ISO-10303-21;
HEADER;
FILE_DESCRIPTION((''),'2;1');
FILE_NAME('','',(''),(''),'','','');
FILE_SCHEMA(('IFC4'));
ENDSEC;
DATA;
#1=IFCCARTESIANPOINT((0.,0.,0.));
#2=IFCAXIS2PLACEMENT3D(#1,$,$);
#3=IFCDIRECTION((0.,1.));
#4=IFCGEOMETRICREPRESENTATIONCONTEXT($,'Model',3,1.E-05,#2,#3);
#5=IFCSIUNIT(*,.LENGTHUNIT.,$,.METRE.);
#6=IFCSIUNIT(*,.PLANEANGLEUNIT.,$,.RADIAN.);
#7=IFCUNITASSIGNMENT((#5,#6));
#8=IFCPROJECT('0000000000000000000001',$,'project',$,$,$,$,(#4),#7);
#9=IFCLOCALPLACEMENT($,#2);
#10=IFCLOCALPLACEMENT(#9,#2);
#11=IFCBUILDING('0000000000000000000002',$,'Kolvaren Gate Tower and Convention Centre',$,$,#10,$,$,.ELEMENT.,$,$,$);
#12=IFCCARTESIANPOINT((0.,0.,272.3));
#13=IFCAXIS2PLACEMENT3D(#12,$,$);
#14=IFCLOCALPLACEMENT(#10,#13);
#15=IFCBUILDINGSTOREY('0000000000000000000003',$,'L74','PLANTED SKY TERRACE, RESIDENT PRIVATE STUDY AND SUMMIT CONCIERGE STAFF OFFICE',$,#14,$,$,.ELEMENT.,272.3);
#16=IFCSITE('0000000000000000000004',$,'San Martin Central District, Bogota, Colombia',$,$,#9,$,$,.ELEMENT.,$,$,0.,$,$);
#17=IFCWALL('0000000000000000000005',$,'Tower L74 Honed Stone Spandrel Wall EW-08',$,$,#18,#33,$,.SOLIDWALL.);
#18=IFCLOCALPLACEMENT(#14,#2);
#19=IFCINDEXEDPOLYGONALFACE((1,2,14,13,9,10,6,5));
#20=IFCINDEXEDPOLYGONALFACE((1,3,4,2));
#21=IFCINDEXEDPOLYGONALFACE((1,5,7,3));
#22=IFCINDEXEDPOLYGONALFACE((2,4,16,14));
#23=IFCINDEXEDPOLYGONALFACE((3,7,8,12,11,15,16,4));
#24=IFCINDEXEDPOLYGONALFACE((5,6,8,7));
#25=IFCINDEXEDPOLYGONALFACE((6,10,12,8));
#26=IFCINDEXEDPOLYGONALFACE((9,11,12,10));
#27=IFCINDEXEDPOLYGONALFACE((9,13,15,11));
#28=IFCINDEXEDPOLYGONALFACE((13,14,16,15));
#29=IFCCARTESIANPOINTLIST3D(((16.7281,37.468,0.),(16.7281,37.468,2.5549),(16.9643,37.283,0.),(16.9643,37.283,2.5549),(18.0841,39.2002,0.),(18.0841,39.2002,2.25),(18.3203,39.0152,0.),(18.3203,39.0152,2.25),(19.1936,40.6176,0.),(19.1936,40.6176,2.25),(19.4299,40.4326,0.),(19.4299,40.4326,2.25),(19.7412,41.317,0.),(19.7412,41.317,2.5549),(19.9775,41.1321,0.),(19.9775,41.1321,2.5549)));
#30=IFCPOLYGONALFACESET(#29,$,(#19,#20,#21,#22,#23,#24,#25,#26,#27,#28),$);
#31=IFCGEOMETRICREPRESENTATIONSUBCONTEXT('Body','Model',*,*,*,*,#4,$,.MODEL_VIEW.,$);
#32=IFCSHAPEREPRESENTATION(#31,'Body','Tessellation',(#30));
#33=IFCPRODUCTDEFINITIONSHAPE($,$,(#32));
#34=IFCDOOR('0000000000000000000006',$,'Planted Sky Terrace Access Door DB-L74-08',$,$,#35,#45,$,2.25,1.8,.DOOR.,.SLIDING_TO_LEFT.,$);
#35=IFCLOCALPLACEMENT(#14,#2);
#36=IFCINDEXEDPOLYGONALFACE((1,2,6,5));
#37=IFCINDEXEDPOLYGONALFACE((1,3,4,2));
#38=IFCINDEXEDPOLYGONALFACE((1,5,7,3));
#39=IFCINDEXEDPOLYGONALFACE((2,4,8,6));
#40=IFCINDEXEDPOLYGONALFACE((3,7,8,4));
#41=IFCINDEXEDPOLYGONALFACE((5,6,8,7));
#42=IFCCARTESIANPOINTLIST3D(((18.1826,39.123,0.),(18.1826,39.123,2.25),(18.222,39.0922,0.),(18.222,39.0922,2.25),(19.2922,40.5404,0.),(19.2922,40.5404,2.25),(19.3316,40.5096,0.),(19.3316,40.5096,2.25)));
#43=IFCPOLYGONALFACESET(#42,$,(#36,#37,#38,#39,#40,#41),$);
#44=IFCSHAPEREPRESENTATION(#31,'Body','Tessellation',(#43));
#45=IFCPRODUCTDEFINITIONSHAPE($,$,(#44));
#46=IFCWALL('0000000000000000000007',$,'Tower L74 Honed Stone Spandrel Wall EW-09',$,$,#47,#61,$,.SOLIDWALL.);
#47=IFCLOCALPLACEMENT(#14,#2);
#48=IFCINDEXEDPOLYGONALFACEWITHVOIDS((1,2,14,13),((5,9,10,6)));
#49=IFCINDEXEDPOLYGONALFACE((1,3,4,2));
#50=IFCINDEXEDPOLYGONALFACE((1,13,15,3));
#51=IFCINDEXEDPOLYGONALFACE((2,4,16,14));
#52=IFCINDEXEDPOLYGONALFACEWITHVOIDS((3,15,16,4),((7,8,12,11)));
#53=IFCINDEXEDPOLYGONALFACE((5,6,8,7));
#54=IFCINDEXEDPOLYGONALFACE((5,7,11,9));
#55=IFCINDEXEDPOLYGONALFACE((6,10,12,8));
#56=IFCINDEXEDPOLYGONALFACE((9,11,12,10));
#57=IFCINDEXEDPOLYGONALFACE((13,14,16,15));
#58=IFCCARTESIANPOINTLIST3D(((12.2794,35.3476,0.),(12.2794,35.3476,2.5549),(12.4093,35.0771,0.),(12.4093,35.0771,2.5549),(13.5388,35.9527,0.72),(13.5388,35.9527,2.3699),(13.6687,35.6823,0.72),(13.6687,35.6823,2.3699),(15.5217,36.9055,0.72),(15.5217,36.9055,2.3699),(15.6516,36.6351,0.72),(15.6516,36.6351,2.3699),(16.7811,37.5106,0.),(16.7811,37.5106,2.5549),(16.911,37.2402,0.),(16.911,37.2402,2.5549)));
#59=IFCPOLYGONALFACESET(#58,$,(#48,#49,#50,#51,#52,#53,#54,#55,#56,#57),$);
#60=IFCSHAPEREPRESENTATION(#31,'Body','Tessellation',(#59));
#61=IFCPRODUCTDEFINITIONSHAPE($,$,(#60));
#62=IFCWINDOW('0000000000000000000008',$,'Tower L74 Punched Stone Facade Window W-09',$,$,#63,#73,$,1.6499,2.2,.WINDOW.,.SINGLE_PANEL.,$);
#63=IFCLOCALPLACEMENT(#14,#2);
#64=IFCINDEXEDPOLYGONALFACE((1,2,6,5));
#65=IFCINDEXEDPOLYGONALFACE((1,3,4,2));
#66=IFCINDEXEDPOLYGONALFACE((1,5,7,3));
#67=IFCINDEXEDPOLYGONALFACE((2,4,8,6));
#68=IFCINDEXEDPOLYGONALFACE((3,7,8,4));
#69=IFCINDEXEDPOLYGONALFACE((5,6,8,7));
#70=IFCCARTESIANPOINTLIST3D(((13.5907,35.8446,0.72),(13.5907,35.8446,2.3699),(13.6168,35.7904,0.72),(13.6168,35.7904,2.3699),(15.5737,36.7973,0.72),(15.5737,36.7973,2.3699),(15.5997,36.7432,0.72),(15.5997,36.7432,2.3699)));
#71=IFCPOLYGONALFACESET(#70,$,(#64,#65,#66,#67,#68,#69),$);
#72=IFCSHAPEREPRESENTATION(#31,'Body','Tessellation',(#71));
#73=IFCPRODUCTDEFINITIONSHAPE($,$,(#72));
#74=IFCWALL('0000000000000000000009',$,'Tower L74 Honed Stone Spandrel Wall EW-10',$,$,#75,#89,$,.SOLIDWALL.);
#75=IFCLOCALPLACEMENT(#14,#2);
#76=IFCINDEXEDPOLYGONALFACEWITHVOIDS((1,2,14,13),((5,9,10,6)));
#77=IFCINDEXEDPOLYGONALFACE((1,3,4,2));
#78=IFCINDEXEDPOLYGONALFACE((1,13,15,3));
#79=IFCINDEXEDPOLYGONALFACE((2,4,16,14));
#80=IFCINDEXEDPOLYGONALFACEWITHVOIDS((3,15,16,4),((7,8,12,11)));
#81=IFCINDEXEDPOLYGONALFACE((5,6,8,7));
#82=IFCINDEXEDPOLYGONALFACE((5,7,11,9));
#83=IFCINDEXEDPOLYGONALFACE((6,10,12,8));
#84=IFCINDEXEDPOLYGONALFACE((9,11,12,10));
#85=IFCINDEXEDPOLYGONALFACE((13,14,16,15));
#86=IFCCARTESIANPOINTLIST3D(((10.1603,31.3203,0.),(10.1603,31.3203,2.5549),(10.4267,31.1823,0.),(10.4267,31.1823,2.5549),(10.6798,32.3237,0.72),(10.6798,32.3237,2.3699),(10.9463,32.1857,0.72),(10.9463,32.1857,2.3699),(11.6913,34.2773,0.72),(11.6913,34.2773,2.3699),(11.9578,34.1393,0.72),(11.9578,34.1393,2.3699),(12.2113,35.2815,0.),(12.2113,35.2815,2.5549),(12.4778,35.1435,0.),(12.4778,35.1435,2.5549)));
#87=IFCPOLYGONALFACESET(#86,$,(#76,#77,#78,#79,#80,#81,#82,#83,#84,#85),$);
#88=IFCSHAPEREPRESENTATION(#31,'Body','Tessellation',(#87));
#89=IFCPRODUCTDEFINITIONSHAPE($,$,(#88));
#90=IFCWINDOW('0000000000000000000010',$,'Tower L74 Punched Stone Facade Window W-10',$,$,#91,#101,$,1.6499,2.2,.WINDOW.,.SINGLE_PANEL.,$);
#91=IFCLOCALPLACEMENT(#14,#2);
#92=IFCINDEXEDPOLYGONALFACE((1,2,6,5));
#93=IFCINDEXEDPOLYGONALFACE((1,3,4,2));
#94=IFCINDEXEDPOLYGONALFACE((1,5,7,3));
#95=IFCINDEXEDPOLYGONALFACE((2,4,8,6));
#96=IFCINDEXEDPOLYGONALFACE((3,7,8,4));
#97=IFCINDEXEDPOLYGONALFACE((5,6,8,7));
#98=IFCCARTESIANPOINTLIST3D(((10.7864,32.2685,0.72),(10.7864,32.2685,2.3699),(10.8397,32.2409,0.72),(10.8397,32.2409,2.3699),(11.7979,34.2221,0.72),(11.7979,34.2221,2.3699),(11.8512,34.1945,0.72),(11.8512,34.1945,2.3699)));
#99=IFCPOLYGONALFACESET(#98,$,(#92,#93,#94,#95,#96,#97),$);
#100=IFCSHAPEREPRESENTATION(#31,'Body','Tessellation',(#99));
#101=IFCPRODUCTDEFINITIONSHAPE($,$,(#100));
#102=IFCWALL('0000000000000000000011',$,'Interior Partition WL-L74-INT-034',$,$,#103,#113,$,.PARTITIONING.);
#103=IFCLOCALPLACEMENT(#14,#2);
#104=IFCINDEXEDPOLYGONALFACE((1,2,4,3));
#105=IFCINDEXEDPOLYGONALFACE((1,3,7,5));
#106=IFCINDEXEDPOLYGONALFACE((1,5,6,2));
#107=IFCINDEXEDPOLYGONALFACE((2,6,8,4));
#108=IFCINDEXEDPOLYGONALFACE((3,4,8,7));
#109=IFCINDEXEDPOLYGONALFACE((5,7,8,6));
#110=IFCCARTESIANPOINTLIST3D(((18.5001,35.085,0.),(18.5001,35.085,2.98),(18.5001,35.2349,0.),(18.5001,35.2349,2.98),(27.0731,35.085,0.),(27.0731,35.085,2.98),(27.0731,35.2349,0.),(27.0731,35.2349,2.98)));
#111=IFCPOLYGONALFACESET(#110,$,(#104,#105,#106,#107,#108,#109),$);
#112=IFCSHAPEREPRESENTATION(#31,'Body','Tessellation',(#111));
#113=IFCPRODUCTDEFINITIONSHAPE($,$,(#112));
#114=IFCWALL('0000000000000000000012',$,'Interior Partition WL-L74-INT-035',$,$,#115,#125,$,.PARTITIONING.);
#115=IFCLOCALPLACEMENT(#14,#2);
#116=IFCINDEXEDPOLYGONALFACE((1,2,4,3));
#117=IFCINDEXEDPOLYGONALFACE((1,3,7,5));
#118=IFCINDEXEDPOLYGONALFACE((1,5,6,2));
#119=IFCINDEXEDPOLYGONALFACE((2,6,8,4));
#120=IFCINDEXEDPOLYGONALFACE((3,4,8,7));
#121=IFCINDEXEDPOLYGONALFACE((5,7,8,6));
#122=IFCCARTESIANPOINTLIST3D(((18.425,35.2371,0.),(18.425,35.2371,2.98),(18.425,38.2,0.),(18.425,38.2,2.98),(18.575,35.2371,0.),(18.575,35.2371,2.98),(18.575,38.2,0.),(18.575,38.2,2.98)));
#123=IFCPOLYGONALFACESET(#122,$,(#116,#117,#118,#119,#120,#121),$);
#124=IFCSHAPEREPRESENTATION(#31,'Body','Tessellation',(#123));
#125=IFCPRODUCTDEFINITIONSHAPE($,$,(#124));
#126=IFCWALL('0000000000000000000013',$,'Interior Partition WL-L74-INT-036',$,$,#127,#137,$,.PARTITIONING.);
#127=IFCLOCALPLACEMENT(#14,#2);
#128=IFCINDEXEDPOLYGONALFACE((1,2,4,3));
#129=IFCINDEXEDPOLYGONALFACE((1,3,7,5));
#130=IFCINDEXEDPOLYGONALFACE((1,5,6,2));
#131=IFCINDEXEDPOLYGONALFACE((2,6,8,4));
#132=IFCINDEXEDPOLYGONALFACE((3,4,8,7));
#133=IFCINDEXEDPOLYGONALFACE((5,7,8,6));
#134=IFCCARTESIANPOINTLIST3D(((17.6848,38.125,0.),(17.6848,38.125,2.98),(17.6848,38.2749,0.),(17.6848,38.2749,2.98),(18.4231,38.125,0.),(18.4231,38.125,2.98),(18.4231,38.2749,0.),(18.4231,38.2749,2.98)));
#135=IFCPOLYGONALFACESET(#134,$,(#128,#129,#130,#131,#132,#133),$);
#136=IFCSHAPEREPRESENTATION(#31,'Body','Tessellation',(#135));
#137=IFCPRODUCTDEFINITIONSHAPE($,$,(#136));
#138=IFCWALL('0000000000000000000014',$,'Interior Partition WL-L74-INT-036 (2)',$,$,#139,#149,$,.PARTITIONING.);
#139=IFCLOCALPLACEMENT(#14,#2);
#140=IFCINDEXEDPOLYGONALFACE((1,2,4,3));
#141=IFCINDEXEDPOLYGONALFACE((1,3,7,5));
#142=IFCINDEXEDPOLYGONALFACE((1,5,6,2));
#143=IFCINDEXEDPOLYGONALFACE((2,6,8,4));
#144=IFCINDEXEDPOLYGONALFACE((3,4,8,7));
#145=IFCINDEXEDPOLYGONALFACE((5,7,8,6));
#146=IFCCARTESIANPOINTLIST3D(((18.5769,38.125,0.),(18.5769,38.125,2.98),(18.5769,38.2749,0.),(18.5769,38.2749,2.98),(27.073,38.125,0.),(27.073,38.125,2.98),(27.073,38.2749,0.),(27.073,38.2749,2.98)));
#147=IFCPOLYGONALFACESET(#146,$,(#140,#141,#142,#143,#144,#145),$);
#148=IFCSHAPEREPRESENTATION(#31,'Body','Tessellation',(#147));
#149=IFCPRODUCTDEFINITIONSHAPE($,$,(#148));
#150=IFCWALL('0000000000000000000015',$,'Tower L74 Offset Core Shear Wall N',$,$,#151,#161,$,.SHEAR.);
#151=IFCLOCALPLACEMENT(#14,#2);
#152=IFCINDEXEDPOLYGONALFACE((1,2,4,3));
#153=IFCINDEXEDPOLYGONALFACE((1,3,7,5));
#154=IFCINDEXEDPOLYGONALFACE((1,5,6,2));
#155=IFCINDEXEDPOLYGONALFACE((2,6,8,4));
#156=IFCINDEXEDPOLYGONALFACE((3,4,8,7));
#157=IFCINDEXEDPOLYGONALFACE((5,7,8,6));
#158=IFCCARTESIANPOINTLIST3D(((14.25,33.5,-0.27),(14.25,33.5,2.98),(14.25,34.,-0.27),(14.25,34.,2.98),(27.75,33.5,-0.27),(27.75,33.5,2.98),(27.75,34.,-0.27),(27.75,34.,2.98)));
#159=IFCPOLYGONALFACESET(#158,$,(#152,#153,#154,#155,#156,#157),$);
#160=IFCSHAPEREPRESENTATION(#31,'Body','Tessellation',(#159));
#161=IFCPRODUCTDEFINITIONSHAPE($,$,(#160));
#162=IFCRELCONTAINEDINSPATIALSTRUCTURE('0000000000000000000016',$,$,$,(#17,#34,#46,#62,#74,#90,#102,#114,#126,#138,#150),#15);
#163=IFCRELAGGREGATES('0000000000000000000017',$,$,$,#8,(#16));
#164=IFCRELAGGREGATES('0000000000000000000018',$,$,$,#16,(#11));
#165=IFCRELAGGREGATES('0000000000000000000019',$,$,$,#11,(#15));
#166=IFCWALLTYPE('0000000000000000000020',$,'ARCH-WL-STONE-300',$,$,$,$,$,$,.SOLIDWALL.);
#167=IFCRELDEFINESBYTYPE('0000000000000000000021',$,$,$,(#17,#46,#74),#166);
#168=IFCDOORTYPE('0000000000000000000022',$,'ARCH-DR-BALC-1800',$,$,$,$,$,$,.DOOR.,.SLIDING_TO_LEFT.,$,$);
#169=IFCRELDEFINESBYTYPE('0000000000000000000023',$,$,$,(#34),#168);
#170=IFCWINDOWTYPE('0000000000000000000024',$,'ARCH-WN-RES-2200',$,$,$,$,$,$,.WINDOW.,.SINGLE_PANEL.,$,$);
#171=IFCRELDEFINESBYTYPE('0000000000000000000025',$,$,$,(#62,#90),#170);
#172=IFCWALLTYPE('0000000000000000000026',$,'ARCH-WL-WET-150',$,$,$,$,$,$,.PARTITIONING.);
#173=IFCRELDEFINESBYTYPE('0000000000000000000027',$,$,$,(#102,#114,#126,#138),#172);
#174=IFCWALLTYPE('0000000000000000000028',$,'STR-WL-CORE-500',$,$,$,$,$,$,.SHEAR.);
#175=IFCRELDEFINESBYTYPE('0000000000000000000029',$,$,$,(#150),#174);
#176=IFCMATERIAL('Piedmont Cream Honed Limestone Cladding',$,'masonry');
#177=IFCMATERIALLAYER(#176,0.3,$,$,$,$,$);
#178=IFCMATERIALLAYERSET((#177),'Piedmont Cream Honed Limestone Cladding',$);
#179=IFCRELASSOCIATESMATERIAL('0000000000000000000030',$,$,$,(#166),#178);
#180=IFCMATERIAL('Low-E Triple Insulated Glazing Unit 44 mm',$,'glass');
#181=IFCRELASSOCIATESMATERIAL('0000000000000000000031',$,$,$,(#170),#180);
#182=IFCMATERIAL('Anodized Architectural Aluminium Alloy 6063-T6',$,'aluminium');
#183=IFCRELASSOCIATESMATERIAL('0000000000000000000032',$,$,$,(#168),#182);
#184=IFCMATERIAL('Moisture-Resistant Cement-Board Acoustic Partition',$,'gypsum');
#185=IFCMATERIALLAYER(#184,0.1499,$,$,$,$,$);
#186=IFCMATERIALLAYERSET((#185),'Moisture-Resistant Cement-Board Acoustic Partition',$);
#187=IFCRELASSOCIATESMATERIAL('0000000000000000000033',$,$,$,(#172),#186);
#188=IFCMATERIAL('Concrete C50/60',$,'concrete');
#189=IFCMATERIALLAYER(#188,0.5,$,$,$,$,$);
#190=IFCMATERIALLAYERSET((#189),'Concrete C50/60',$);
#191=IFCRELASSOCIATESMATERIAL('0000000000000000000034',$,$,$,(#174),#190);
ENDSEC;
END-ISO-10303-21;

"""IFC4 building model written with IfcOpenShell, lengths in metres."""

from ifc_helpers import new_model, si_unit, direction, frame, frame_2d, origin, place, context, subcontext, project, spatial, rectangle, extrude, material, layer, layer_set, type_object, element, fill, save


model = new_model("IFC4")

# Units and contexts
model_context = context("Model", 3, precision=1e-05, world=origin(), true_north=direction((0.0, 1.0)))
body_context = subcontext(model_context, "Body", "Model", "MODEL_VIEW")
ifc_project = project(units=[si_unit("LENGTHUNIT", "METRE"), si_unit("PLANEANGLEUNIT", "RADIAN")], contexts=[model_context])

# Site, building, storey
site_placement = place(None, origin())
site = spatial("IfcSite", under=ifc_project, at=site_placement, Name="San Martin Central District, Bogota, Colombia", CompositionType="ELEMENT", RefElevation=0.0)
building_placement = place(site_placement, origin())
building = spatial("IfcBuilding", under=site, at=building_placement, Name="Kolvaren Gate Tower and Convention Centre", CompositionType="ELEMENT")
storey_placement = place(building_placement, frame((0.0, 0.0, 272.3)))
storey = spatial("IfcBuildingStorey", under=building, at=storey_placement, Name="L74", Description="PLANTED SKY TERRACE, RESIDENT PRIVATE STUDY AND SUMMIT CONCIERGE STAFF OFFICE", CompositionType="ELEMENT", Elevation=272.3)

# Shared definitions
ifc_material_1 = material(Name="Piedmont Cream Honed Limestone Cladding", Category="masonry")

# Shared definitions
ifc_layer_1 = layer(ifc_material_1, 0.3)
ifc_layer_set_1 = layer_set([ifc_layer_1], Name="Piedmont Cream Honed Limestone Cladding")
wall_type_1 = type_object("IfcWallType", Name="ARCH-WL-STONE-300", PredefinedType="SOLIDWALL", material=ifc_layer_set_1)
ifc_material_2 = material(Name="Low-E Triple Insulated Glazing Unit 44 mm", Category="glass")
window_type = type_object("IfcWindowType", Name="ARCH-WN-RES-2200", PartitioningType="SINGLE_PANEL", PredefinedType="WINDOW", material=ifc_material_2)

# Wall, opening, door
wall_1_placement = place(storey_placement, frame((16.8462, 37.3755, 0.0), z_axis=(0.0, 0.0, 1.0), x_axis=(0.616413, 0.787423, 0.0)))
wall_1 = element("IfcWall", 1, at=wall_1_placement, inside=storey, type_object=wall_type_1, Name="Tower L74 Honed Stone Spandrel Wall EW-08", PredefinedType="SOLIDWALL", context=body_context, shape_type="SweptSolid", body=[
    extrude(rectangle(XDim=4.8882, YDim=0.3, at=frame_2d((2.4441, 0.0))), origin(), (0.0, 0.0, 1.0), 2.5549),
])
opening_1_placement = place(wall_1_placement, frame((2.2, 0.0, 0.0)))
opening_1 = element("IfcOpeningElement", 2, at=opening_1_placement, cuts=wall_1, PredefinedType="OPENING", context=body_context, shape_type="SweptSolid", body=[
    extrude(rectangle(XDim=1.8, YDim=2.25, at=frame_2d((0.8999, 1.125))), frame((0.0, 0.1599, 0.0), z_axis=(0.0, -1.0, 0.0), x_axis=(1.0, 0.0, 0.0)), (0.0, 0.0, 1.0), 0.3201),
])
ifc_material_3 = material(Name="Anodized Architectural Aluminium Alloy 6063-T6", Category="aluminium")
door_type = type_object("IfcDoorType", Name="ARCH-DR-BALC-1800", OperationType="SLIDING_TO_LEFT", PredefinedType="DOOR", material=ifc_material_3)
door_placement = place(opening_1_placement, origin())
door = element("IfcDoor", 3, at=door_placement, inside=storey, type_object=door_type, Name="Planted Sky Terrace Access Door DB-L74-08", OperationType="SLIDING_TO_LEFT", OverallHeight=2.25, OverallWidth=1.8, PredefinedType="DOOR", context=body_context, shape_type="SweptSolid", body=[
    extrude(rectangle(XDim=1.8, YDim=2.25, at=frame_2d((0.8999, 1.125))), frame((0.0, 0.0249, 0.0), z_axis=(0.0, -1.0, 0.0), x_axis=(1.0, 0.0, 0.0)), (0.0, 0.0, 1.0), 0.05),
])
fill(opening_1, door)

# Walls, openings, windows
wall_2_placement = place(storey_placement, frame((12.3445, 35.2124, 0.0), z_axis=(0.0, 0.0, 1.0), x_axis=(0.901346, 0.4331, 0.0)))
wall_2 = element("IfcWall", 4, at=wall_2_placement, inside=storey, type_object=wall_type_1, Name="Tower L74 Honed Stone Spandrel Wall EW-09", PredefinedType="SOLIDWALL", context=body_context, shape_type="SweptSolid", body=[
    extrude(rectangle(XDim=4.9944, YDim=0.3, at=frame_2d((2.4971, 0.0))), origin(), (0.0, 0.0, 1.0), 2.5549),
])
opening_2_placement = place(wall_2_placement, frame((1.397, 0.0, 0.72)))
opening_2 = element("IfcOpeningElement", 5, at=opening_2_placement, cuts=wall_2, PredefinedType="OPENING", context=body_context, shape_type="SweptSolid", body=[
    extrude(rectangle(XDim=2.2, YDim=1.6499, at=frame_2d((1.1001, 0.825))), frame((0.0, 0.1599, 0.0), z_axis=(0.0, -1.0, 0.0), x_axis=(1.0, 0.0, 0.0)), (0.0, 0.0, 1.0), 0.3201),
])
window_1_placement = place(opening_2_placement, origin())
window_1 = element("IfcWindow", 6, at=window_1_placement, inside=storey, type_object=window_type, Name="Tower L74 Punched Stone Facade Window W-09", OverallHeight=1.6499, OverallWidth=2.2, PartitioningType="SINGLE_PANEL", PredefinedType="WINDOW", context=body_context, shape_type="SweptSolid", body=[
    extrude(rectangle(XDim=2.2, YDim=1.6499, at=frame_2d((1.1001, 0.825))), frame((0.0, 0.03, 0.0), z_axis=(0.0, -1.0, 0.0), x_axis=(1.0, 0.0, 0.0)), (0.0, 0.0, 1.0), 0.0601),
])
fill(opening_2, window_1)
wall_3_placement = place(storey_placement, frame((10.2935, 31.2512, 0.0), z_axis=(0.0, 0.0, 1.0), x_axis=(0.459801, 0.888022, 0.0)))
wall_3 = element("IfcWall", 7, at=wall_3_placement, inside=storey, type_object=wall_type_1, Name="Tower L74 Honed Stone Spandrel Wall EW-10", PredefinedType="SOLIDWALL", context=body_context, shape_type="SweptSolid", body=[
    extrude(rectangle(XDim=4.4607, YDim=0.3, at=frame_2d((2.2305, 0.0))), origin(), (0.0, 0.0, 1.0), 2.5549),
])
opening_3_placement = place(wall_3_placement, frame((1.1299, 0.0, 0.72)))
opening_3 = element("IfcOpeningElement", 8, at=opening_3_placement, cuts=wall_3, PredefinedType="OPENING", context=body_context, shape_type="SweptSolid", body=[
    extrude(rectangle(XDim=2.2, YDim=1.6499, at=frame_2d((1.1001, 0.825))), frame((0.0, 0.1599, 0.0), z_axis=(0.0, -1.0, 0.0), x_axis=(1.0, 0.0, 0.0)), (0.0, 0.0, 1.0), 0.3201),
])
window_2_placement = place(opening_3_placement, origin())
window_2 = element("IfcWindow", 9, at=window_2_placement, inside=storey, type_object=window_type, Name="Tower L74 Punched Stone Facade Window W-10", OverallHeight=1.6499, OverallWidth=2.2, PartitioningType="SINGLE_PANEL", PredefinedType="WINDOW", context=body_context, shape_type="SweptSolid", body=[
    extrude(rectangle(XDim=2.2, YDim=1.6499, at=frame_2d((1.1001, 0.825))), frame((0.0, 0.03, 0.0), z_axis=(0.0, -1.0, 0.0), x_axis=(1.0, 0.0, 0.0)), (0.0, 0.0, 1.0), 0.0601),
])
fill(opening_3, window_2)

# Walls
ifc_material_4 = material(Name="Moisture-Resistant Cement-Board Acoustic Partition", Category="gypsum")
ifc_layer_2 = layer(ifc_material_4, 0.1499)
ifc_layer_set_2 = layer_set([ifc_layer_2], Name="Moisture-Resistant Cement-Board Acoustic Partition")
wall_type_2 = type_object("IfcWallType", Name="ARCH-WL-WET-150", PredefinedType="PARTITIONING", material=ifc_layer_set_2)
wall_4_placement = place(storey_placement, frame((18.5, 35.1599, 0.0), z_axis=(0.0, 0.0, 1.0), x_axis=(1.0, 0.0, 0.0)))
element("IfcWall", 10, at=wall_4_placement, inside=storey, type_object=wall_type_2, Name="Interior Partition WL-L74-INT-034", PredefinedType="PARTITIONING", context=body_context, shape_type="SweptSolid", body=[
    extrude(rectangle(XDim=8.573, YDim=0.1499, at=frame_2d((4.2866, 0.0))), origin(), (0.0, 0.0, 1.0), 2.98),
])
wall_5_placement = place(storey_placement, frame((18.5, 35.2371, 0.0), z_axis=(0.0, 0.0, 1.0), x_axis=(0.0, 1.0, 0.0)))
element("IfcWall", 11, at=wall_5_placement, inside=storey, type_object=wall_type_2, Name="Interior Partition WL-L74-INT-035", PredefinedType="PARTITIONING", context=body_context, shape_type="SweptSolid", body=[
    extrude(rectangle(XDim=2.9629, YDim=0.1499, at=frame_2d((1.4814, 0.0))), origin(), (0.0, 0.0, 1.0), 2.98),
])
wall_6_placement = place(storey_placement, frame((17.6848, 38.2, 0.0), z_axis=(0.0, 0.0, 1.0), x_axis=(1.0, 0.0, 0.0)))
element("IfcWall", 12, at=wall_6_placement, inside=storey, type_object=wall_type_2, Name="Interior Partition WL-L74-INT-036", PredefinedType="PARTITIONING", context=body_context, shape_type="SweptSolid", body=[
    extrude(rectangle(XDim=0.7383, YDim=0.1499, at=frame_2d((0.3691, 0.0))), origin(), (0.0, 0.0, 1.0), 2.98),
])
wall_7_placement = place(storey_placement, frame((18.5769, 38.2, 0.0), z_axis=(0.0, 0.0, 1.0), x_axis=(1.0, 0.0, 0.0)))
element("IfcWall", 13, at=wall_7_placement, inside=storey, type_object=wall_type_2, Name="Interior Partition WL-L74-INT-036 (2)", PredefinedType="PARTITIONING", context=body_context, shape_type="SweptSolid", body=[
    extrude(rectangle(XDim=8.4961, YDim=0.1499, at=frame_2d((4.248, 0.0))), origin(), (0.0, 0.0, 1.0), 2.98),
])
ifc_material_5 = material(Name="Concrete C50/60", Category="concrete")
ifc_layer_3 = layer(ifc_material_5, 0.5)
ifc_layer_set_3 = layer_set([ifc_layer_3], Name="Concrete C50/60")
wall_type_3 = type_object("IfcWallType", Name="STR-WL-CORE-500", PredefinedType="SHEAR", material=ifc_layer_set_3)
wall_8_placement = place(storey_placement, frame((14.25, 33.75, -0.27), z_axis=(0.0, 0.0, 1.0), x_axis=(1.0, 0.0, 0.0)))
element("IfcWall", 14, at=wall_8_placement, inside=storey, type_object=wall_type_3, Name="Tower L74 Offset Core Shear Wall N", PredefinedType="SHEAR", context=body_context, shape_type="SweptSolid", body=[
    extrude(rectangle(XDim=13.5, YDim=0.5, at=frame_2d((6.75, 0.0))), origin(), (0.0, 0.0, 1.0), 3.25),
])

save(model, "model.ifc")
